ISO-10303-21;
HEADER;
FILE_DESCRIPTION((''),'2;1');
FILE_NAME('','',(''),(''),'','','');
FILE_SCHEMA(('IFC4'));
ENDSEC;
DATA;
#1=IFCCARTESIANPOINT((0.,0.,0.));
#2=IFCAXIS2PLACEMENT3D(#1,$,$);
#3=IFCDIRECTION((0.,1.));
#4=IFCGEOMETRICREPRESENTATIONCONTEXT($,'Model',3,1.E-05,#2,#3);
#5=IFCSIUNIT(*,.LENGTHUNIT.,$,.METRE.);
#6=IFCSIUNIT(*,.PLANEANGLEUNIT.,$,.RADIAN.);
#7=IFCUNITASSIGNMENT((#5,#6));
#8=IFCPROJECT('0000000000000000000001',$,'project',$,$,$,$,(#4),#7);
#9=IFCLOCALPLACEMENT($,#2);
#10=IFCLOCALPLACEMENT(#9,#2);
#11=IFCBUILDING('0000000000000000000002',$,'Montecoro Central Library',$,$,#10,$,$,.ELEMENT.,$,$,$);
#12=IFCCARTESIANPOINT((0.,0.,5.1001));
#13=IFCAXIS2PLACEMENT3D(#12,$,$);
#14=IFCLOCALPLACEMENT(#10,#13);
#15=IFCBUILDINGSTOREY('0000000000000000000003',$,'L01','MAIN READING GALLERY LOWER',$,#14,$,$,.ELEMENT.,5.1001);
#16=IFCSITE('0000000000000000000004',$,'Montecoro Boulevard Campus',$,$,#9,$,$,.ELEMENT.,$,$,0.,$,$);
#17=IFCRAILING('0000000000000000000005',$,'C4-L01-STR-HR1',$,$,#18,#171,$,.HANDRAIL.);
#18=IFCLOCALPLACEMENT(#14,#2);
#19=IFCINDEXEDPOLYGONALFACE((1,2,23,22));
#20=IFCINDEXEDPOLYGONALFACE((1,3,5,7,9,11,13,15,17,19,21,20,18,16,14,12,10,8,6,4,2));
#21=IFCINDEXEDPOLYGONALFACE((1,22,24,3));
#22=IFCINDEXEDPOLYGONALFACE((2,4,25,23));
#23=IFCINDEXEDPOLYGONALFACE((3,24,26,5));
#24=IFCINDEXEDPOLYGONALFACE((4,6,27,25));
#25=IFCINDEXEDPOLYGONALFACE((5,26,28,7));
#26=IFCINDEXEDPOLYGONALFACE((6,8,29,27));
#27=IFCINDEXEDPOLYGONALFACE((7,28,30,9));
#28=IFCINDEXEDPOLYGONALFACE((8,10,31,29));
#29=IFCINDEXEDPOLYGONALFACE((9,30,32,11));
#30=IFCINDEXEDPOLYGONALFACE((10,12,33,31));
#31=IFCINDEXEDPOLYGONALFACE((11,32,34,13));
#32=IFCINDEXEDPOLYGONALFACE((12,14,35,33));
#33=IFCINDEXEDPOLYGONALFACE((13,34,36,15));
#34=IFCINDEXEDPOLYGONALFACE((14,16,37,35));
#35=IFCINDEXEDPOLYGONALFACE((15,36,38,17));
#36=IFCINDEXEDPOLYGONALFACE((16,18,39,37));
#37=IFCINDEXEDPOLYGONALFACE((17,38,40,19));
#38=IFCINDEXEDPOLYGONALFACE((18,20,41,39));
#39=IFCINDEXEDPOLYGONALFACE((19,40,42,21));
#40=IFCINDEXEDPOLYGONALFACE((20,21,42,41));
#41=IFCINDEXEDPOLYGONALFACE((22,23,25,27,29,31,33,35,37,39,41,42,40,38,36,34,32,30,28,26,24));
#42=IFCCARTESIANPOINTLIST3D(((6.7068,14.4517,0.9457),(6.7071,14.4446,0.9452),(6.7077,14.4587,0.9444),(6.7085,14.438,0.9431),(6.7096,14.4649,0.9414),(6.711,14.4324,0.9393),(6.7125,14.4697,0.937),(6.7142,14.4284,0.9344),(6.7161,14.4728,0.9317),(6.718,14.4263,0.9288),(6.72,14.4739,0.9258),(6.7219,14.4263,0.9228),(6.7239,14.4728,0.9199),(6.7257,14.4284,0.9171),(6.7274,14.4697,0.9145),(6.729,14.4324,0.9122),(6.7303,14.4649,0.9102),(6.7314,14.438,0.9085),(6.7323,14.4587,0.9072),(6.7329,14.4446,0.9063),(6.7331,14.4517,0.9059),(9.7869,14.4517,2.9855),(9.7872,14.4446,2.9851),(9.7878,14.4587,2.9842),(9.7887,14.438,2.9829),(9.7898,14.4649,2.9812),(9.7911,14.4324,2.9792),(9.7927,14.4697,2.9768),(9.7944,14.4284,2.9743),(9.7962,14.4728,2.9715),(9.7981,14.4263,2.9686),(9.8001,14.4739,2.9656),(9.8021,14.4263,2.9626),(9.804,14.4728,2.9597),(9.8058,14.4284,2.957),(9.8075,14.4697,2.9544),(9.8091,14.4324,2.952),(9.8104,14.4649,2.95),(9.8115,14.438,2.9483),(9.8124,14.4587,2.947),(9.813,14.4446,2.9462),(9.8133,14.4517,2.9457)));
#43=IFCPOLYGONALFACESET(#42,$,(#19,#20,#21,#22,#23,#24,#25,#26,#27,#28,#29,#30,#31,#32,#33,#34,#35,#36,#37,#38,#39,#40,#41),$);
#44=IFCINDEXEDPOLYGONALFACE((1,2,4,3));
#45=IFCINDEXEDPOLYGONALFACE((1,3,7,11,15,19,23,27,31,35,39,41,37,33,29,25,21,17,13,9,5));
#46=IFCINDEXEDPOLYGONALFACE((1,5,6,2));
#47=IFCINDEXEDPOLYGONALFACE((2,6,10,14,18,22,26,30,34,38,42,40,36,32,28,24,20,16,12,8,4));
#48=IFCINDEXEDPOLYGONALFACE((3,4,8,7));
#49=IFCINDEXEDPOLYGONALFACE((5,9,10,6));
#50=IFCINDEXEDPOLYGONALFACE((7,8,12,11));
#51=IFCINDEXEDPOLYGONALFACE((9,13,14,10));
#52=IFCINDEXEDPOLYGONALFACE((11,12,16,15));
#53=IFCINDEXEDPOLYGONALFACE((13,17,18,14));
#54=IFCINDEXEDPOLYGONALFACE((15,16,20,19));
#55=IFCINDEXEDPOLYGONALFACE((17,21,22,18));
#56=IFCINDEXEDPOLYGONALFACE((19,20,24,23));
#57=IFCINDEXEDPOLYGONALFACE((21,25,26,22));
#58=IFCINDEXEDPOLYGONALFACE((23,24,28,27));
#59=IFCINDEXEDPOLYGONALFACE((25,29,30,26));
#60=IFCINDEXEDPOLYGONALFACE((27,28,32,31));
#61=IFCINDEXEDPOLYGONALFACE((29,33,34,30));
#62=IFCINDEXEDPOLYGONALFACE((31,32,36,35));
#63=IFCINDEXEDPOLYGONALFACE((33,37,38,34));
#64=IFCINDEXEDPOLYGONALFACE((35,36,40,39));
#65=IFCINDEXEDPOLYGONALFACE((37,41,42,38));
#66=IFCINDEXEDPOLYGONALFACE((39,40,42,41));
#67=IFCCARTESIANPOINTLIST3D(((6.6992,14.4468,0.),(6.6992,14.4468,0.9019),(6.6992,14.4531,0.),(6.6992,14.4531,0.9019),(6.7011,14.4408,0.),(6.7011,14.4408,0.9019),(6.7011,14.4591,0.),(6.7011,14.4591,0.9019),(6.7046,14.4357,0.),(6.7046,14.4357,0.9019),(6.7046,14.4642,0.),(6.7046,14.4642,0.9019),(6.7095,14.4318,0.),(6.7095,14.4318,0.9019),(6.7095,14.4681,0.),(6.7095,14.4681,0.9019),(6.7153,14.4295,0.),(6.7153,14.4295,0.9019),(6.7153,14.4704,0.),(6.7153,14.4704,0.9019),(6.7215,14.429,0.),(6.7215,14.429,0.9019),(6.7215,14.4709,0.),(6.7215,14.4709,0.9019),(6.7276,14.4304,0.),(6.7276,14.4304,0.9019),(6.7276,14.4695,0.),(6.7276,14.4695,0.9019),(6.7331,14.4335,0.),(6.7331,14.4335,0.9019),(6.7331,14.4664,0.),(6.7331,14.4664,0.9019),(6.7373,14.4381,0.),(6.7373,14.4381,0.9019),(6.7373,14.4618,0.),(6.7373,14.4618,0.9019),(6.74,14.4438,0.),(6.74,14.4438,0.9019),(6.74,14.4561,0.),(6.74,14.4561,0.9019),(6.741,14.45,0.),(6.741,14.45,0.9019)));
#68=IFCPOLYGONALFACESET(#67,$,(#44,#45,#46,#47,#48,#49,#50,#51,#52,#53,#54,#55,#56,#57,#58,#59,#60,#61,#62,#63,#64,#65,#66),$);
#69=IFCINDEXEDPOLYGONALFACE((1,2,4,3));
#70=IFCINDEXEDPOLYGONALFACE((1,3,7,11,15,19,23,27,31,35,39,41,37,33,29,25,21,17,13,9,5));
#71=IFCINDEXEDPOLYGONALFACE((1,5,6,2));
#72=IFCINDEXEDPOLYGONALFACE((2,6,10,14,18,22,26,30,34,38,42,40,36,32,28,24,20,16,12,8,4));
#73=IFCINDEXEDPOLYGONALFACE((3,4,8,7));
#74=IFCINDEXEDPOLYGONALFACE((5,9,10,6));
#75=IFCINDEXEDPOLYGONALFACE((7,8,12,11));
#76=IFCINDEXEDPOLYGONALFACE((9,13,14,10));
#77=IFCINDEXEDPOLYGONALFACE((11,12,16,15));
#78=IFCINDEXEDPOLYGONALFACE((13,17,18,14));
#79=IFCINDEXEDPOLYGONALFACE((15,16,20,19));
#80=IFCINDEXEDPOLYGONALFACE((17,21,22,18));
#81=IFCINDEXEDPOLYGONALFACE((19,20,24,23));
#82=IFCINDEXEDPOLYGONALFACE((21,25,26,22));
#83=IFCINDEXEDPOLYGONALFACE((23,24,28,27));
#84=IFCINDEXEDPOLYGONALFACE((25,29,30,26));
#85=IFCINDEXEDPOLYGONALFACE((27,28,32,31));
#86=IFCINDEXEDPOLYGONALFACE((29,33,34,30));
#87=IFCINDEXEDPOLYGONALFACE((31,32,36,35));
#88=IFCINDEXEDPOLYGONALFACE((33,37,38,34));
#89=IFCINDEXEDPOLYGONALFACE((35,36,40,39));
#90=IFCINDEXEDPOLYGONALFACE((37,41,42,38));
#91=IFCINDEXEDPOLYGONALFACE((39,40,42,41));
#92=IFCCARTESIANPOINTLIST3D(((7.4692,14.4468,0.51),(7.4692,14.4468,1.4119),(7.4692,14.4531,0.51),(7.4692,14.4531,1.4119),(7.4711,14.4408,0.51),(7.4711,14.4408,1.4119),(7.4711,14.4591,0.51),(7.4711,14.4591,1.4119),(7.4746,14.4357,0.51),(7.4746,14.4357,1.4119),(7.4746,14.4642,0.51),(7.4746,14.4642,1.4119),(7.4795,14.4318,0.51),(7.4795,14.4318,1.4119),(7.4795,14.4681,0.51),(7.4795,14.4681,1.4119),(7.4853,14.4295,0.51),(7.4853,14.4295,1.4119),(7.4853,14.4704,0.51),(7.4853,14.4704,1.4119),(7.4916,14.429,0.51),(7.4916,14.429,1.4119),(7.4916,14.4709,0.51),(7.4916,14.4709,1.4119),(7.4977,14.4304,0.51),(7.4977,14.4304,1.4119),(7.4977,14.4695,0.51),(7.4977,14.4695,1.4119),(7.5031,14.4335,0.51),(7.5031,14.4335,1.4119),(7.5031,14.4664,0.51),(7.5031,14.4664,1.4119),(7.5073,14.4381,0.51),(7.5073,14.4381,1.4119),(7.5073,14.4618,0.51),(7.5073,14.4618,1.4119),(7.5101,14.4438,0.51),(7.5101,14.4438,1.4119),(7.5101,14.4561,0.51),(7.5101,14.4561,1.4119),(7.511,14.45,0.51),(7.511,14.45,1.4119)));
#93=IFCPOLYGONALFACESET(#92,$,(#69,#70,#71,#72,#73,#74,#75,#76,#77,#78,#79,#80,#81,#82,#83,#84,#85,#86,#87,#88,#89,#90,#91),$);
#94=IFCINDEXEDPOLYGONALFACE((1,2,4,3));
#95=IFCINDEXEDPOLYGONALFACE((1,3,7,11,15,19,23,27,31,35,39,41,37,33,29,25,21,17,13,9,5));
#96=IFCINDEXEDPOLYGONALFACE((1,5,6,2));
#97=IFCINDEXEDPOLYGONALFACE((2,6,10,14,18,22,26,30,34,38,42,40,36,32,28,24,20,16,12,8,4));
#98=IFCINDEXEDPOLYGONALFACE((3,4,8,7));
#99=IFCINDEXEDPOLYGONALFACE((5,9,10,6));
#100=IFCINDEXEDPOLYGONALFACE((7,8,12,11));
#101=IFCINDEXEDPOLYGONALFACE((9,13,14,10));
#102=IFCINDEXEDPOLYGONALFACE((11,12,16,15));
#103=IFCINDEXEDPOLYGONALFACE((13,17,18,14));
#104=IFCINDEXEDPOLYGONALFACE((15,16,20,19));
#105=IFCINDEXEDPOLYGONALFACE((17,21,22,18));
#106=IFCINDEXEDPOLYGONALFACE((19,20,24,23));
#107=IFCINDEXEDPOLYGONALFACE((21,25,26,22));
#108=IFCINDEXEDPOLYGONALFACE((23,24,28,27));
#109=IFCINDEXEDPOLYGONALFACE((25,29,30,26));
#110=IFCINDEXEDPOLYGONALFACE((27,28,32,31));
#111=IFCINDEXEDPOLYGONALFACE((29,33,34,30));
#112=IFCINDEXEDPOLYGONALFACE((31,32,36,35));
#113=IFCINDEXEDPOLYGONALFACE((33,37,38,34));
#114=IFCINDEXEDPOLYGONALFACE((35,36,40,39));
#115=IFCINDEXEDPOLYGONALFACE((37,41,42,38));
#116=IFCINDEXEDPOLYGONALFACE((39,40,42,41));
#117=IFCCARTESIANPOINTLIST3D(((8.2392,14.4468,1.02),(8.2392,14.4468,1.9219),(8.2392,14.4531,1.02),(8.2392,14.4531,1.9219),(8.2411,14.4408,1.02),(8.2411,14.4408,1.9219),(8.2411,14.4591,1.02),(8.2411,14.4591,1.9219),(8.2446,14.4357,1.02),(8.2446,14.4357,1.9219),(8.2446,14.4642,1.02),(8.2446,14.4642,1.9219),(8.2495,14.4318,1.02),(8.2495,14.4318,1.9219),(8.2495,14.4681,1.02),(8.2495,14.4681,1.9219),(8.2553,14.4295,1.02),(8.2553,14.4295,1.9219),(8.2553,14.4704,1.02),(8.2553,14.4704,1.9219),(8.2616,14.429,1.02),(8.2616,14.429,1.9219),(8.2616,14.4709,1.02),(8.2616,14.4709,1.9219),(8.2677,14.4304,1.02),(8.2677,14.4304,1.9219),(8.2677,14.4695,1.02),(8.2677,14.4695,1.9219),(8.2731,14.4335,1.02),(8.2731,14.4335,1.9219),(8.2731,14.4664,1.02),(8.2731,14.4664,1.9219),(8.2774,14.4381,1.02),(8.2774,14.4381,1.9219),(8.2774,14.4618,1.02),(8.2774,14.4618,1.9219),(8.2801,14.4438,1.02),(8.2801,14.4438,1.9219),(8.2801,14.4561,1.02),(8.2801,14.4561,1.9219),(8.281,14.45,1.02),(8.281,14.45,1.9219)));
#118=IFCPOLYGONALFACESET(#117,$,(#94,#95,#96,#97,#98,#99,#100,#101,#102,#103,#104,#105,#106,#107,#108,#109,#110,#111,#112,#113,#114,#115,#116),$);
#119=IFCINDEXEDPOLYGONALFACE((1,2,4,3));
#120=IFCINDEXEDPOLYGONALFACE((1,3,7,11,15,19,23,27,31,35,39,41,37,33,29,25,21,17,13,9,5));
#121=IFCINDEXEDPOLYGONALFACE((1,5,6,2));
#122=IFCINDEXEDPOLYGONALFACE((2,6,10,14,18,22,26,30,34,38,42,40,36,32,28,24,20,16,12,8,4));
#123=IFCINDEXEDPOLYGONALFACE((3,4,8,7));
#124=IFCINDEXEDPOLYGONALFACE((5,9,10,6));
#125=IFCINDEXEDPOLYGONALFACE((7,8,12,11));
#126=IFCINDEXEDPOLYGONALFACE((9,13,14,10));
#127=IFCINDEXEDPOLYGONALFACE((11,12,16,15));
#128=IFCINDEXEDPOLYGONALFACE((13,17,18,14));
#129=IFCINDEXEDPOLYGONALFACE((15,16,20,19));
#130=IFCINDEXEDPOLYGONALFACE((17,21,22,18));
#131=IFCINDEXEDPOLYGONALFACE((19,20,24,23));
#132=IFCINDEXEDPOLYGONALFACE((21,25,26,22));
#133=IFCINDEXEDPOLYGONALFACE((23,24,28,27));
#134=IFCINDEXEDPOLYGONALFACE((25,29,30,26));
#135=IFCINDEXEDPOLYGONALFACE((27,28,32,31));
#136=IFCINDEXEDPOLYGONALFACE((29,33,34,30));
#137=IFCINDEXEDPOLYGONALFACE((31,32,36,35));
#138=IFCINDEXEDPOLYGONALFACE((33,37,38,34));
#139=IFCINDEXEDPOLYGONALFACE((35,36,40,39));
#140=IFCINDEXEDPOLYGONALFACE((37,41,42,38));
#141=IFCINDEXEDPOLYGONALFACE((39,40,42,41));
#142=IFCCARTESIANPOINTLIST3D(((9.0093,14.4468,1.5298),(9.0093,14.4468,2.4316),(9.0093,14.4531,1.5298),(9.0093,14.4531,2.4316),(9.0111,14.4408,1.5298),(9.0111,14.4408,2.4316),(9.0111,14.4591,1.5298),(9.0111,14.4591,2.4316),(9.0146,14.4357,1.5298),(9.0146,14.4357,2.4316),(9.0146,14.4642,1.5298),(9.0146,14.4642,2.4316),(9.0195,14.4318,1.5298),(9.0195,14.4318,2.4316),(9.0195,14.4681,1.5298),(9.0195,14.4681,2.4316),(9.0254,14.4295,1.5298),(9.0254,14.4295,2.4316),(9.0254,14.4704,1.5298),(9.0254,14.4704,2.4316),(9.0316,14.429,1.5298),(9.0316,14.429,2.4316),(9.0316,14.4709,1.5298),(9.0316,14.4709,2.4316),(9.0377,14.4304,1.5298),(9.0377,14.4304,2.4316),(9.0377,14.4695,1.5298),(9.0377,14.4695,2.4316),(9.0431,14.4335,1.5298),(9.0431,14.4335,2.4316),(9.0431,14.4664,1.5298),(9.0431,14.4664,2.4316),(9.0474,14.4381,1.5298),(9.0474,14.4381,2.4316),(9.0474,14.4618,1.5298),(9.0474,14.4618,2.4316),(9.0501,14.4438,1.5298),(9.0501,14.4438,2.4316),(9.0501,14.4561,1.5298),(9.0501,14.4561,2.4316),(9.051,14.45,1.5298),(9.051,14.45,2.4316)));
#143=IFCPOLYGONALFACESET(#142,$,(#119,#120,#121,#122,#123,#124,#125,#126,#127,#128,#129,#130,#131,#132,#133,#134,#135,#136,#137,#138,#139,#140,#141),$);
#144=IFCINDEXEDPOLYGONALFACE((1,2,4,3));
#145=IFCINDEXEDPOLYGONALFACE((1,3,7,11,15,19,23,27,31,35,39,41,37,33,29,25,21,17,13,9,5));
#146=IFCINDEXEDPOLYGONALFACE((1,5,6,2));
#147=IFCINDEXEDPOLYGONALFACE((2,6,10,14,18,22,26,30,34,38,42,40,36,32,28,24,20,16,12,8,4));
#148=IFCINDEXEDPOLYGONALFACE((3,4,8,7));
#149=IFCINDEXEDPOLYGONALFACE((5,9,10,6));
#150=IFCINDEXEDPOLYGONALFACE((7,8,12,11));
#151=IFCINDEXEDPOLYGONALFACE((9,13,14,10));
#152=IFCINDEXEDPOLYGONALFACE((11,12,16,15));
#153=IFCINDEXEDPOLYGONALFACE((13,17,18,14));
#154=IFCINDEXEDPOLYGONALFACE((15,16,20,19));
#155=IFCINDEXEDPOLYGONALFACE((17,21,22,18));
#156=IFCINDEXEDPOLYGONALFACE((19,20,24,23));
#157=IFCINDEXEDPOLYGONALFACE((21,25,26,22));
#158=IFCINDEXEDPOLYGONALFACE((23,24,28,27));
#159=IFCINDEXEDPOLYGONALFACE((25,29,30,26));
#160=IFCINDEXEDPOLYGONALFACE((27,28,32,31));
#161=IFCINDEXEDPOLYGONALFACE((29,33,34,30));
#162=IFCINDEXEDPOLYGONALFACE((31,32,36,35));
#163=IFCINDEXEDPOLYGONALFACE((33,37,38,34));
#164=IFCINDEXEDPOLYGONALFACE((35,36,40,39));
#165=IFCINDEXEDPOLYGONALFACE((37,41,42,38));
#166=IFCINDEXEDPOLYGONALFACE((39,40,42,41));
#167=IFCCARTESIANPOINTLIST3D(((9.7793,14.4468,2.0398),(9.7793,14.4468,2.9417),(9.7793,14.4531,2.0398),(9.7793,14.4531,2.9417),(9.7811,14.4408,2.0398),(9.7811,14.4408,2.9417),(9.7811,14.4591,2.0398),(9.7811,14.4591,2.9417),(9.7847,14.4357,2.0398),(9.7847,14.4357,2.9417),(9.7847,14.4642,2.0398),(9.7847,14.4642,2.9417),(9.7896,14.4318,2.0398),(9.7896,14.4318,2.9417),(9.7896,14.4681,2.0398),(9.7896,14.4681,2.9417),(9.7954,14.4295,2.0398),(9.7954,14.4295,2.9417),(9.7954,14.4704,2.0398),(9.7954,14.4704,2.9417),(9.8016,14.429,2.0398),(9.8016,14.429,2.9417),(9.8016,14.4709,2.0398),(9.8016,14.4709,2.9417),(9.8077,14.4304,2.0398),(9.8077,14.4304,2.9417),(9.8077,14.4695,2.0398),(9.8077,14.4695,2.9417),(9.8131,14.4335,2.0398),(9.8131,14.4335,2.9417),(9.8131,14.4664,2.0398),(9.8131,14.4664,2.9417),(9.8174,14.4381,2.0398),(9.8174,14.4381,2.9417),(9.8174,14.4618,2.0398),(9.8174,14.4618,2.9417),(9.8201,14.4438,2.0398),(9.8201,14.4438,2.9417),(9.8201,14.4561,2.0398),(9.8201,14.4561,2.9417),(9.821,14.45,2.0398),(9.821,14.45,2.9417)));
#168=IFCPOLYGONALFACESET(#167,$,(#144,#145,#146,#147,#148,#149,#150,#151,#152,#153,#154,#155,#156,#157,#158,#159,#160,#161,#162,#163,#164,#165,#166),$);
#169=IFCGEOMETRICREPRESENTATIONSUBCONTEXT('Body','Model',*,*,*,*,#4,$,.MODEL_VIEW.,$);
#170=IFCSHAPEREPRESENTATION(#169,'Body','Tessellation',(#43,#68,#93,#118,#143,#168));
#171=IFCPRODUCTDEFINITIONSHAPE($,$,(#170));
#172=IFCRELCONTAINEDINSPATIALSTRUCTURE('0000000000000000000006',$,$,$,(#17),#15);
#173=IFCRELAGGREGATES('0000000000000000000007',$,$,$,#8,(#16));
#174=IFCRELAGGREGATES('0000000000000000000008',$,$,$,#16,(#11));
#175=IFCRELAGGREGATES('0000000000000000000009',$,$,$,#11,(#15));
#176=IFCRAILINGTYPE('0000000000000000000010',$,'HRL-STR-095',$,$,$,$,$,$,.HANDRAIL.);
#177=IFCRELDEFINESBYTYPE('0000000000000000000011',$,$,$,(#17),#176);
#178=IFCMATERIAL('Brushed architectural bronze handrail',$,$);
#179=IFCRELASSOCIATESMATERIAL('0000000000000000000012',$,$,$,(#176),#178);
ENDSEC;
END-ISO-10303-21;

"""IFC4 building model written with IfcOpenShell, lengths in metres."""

from ifc_helpers import new_model, si_unit, direction, frame, origin, origin_2d, place, context, subcontext, project, spatial, circle, extrude, material, type_object, element, save


model = new_model("IFC4")

# Units and contexts
model_context = context("Model", 3, precision=1e-05, world=origin(), true_north=direction((0.0, 1.0)))
body_context = subcontext(model_context, "Body", "Model", "MODEL_VIEW")
ifc_project = project(units=[si_unit("LENGTHUNIT", "METRE"), si_unit("PLANEANGLEUNIT", "RADIAN")], contexts=[model_context])

# Site, building, storey
site_placement = place(None, origin())
site = spatial("IfcSite", under=ifc_project, at=site_placement, Name="Montecoro Boulevard Campus", CompositionType="ELEMENT", RefElevation=0.0)
building_placement = place(site_placement, origin())
building = spatial("IfcBuilding", under=site, at=building_placement, Name="Montecoro Central Library", CompositionType="ELEMENT")
storey_placement = place(building_placement, frame((0.0, 0.0, 5.1001)))
storey = spatial("IfcBuildingStorey", under=building, at=storey_placement, Name="L01", Description="MAIN READING GALLERY LOWER", CompositionType="ELEMENT", Elevation=5.1001)

# Railing
ifc_material_1 = material(Name="Brushed architectural bronze handrail")
railing_type_1 = type_object("IfcRailingType", Name="HRL-STR-095", PredefinedType="HANDRAIL", material=ifc_material_1)
railing_1_placement = place(storey_placement, frame((6.72, 14.45, 0.0)))
element("IfcRailing", 1, at=railing_1_placement, inside=storey, type_object=railing_type_1, Name="C4-L01-STR-HR1", PredefinedType="HANDRAIL", context=body_context, shape_type="SweptSolid", body=[
    extrude(circle(Radius=0.0239, at=origin_2d()), frame((0.0, 0.0, 0.9258), z_axis=(0.833744, 0.0, 0.552151), x_axis=(0.0, 1.0, 0.0)), (0.0, 0.0, 1.0), 3.6943),
    extrude(circle(Radius=0.021, at=origin_2d()), origin(), (0.0, 0.0, 1.0), 0.9019),
    extrude(circle(Radius=0.021, at=origin_2d()), frame((0.77, 0.0, 0.51)), (0.0, 0.0, 1.0), 0.9019),
    extrude(circle(Radius=0.021, at=origin_2d()), frame((1.54, 0.0, 1.02)), (0.0, 0.0, 1.0), 0.9019),
    extrude(circle(Radius=0.021, at=origin_2d()), frame((2.3101, 0.0, 1.5298)), (0.0, 0.0, 1.0), 0.9019),
    extrude(circle(Radius=0.021, at=origin_2d()), frame((3.0801, 0.0, 2.0398)), (0.0, 0.0, 1.0), 0.9019),
])

save(model, "model.ifc")
